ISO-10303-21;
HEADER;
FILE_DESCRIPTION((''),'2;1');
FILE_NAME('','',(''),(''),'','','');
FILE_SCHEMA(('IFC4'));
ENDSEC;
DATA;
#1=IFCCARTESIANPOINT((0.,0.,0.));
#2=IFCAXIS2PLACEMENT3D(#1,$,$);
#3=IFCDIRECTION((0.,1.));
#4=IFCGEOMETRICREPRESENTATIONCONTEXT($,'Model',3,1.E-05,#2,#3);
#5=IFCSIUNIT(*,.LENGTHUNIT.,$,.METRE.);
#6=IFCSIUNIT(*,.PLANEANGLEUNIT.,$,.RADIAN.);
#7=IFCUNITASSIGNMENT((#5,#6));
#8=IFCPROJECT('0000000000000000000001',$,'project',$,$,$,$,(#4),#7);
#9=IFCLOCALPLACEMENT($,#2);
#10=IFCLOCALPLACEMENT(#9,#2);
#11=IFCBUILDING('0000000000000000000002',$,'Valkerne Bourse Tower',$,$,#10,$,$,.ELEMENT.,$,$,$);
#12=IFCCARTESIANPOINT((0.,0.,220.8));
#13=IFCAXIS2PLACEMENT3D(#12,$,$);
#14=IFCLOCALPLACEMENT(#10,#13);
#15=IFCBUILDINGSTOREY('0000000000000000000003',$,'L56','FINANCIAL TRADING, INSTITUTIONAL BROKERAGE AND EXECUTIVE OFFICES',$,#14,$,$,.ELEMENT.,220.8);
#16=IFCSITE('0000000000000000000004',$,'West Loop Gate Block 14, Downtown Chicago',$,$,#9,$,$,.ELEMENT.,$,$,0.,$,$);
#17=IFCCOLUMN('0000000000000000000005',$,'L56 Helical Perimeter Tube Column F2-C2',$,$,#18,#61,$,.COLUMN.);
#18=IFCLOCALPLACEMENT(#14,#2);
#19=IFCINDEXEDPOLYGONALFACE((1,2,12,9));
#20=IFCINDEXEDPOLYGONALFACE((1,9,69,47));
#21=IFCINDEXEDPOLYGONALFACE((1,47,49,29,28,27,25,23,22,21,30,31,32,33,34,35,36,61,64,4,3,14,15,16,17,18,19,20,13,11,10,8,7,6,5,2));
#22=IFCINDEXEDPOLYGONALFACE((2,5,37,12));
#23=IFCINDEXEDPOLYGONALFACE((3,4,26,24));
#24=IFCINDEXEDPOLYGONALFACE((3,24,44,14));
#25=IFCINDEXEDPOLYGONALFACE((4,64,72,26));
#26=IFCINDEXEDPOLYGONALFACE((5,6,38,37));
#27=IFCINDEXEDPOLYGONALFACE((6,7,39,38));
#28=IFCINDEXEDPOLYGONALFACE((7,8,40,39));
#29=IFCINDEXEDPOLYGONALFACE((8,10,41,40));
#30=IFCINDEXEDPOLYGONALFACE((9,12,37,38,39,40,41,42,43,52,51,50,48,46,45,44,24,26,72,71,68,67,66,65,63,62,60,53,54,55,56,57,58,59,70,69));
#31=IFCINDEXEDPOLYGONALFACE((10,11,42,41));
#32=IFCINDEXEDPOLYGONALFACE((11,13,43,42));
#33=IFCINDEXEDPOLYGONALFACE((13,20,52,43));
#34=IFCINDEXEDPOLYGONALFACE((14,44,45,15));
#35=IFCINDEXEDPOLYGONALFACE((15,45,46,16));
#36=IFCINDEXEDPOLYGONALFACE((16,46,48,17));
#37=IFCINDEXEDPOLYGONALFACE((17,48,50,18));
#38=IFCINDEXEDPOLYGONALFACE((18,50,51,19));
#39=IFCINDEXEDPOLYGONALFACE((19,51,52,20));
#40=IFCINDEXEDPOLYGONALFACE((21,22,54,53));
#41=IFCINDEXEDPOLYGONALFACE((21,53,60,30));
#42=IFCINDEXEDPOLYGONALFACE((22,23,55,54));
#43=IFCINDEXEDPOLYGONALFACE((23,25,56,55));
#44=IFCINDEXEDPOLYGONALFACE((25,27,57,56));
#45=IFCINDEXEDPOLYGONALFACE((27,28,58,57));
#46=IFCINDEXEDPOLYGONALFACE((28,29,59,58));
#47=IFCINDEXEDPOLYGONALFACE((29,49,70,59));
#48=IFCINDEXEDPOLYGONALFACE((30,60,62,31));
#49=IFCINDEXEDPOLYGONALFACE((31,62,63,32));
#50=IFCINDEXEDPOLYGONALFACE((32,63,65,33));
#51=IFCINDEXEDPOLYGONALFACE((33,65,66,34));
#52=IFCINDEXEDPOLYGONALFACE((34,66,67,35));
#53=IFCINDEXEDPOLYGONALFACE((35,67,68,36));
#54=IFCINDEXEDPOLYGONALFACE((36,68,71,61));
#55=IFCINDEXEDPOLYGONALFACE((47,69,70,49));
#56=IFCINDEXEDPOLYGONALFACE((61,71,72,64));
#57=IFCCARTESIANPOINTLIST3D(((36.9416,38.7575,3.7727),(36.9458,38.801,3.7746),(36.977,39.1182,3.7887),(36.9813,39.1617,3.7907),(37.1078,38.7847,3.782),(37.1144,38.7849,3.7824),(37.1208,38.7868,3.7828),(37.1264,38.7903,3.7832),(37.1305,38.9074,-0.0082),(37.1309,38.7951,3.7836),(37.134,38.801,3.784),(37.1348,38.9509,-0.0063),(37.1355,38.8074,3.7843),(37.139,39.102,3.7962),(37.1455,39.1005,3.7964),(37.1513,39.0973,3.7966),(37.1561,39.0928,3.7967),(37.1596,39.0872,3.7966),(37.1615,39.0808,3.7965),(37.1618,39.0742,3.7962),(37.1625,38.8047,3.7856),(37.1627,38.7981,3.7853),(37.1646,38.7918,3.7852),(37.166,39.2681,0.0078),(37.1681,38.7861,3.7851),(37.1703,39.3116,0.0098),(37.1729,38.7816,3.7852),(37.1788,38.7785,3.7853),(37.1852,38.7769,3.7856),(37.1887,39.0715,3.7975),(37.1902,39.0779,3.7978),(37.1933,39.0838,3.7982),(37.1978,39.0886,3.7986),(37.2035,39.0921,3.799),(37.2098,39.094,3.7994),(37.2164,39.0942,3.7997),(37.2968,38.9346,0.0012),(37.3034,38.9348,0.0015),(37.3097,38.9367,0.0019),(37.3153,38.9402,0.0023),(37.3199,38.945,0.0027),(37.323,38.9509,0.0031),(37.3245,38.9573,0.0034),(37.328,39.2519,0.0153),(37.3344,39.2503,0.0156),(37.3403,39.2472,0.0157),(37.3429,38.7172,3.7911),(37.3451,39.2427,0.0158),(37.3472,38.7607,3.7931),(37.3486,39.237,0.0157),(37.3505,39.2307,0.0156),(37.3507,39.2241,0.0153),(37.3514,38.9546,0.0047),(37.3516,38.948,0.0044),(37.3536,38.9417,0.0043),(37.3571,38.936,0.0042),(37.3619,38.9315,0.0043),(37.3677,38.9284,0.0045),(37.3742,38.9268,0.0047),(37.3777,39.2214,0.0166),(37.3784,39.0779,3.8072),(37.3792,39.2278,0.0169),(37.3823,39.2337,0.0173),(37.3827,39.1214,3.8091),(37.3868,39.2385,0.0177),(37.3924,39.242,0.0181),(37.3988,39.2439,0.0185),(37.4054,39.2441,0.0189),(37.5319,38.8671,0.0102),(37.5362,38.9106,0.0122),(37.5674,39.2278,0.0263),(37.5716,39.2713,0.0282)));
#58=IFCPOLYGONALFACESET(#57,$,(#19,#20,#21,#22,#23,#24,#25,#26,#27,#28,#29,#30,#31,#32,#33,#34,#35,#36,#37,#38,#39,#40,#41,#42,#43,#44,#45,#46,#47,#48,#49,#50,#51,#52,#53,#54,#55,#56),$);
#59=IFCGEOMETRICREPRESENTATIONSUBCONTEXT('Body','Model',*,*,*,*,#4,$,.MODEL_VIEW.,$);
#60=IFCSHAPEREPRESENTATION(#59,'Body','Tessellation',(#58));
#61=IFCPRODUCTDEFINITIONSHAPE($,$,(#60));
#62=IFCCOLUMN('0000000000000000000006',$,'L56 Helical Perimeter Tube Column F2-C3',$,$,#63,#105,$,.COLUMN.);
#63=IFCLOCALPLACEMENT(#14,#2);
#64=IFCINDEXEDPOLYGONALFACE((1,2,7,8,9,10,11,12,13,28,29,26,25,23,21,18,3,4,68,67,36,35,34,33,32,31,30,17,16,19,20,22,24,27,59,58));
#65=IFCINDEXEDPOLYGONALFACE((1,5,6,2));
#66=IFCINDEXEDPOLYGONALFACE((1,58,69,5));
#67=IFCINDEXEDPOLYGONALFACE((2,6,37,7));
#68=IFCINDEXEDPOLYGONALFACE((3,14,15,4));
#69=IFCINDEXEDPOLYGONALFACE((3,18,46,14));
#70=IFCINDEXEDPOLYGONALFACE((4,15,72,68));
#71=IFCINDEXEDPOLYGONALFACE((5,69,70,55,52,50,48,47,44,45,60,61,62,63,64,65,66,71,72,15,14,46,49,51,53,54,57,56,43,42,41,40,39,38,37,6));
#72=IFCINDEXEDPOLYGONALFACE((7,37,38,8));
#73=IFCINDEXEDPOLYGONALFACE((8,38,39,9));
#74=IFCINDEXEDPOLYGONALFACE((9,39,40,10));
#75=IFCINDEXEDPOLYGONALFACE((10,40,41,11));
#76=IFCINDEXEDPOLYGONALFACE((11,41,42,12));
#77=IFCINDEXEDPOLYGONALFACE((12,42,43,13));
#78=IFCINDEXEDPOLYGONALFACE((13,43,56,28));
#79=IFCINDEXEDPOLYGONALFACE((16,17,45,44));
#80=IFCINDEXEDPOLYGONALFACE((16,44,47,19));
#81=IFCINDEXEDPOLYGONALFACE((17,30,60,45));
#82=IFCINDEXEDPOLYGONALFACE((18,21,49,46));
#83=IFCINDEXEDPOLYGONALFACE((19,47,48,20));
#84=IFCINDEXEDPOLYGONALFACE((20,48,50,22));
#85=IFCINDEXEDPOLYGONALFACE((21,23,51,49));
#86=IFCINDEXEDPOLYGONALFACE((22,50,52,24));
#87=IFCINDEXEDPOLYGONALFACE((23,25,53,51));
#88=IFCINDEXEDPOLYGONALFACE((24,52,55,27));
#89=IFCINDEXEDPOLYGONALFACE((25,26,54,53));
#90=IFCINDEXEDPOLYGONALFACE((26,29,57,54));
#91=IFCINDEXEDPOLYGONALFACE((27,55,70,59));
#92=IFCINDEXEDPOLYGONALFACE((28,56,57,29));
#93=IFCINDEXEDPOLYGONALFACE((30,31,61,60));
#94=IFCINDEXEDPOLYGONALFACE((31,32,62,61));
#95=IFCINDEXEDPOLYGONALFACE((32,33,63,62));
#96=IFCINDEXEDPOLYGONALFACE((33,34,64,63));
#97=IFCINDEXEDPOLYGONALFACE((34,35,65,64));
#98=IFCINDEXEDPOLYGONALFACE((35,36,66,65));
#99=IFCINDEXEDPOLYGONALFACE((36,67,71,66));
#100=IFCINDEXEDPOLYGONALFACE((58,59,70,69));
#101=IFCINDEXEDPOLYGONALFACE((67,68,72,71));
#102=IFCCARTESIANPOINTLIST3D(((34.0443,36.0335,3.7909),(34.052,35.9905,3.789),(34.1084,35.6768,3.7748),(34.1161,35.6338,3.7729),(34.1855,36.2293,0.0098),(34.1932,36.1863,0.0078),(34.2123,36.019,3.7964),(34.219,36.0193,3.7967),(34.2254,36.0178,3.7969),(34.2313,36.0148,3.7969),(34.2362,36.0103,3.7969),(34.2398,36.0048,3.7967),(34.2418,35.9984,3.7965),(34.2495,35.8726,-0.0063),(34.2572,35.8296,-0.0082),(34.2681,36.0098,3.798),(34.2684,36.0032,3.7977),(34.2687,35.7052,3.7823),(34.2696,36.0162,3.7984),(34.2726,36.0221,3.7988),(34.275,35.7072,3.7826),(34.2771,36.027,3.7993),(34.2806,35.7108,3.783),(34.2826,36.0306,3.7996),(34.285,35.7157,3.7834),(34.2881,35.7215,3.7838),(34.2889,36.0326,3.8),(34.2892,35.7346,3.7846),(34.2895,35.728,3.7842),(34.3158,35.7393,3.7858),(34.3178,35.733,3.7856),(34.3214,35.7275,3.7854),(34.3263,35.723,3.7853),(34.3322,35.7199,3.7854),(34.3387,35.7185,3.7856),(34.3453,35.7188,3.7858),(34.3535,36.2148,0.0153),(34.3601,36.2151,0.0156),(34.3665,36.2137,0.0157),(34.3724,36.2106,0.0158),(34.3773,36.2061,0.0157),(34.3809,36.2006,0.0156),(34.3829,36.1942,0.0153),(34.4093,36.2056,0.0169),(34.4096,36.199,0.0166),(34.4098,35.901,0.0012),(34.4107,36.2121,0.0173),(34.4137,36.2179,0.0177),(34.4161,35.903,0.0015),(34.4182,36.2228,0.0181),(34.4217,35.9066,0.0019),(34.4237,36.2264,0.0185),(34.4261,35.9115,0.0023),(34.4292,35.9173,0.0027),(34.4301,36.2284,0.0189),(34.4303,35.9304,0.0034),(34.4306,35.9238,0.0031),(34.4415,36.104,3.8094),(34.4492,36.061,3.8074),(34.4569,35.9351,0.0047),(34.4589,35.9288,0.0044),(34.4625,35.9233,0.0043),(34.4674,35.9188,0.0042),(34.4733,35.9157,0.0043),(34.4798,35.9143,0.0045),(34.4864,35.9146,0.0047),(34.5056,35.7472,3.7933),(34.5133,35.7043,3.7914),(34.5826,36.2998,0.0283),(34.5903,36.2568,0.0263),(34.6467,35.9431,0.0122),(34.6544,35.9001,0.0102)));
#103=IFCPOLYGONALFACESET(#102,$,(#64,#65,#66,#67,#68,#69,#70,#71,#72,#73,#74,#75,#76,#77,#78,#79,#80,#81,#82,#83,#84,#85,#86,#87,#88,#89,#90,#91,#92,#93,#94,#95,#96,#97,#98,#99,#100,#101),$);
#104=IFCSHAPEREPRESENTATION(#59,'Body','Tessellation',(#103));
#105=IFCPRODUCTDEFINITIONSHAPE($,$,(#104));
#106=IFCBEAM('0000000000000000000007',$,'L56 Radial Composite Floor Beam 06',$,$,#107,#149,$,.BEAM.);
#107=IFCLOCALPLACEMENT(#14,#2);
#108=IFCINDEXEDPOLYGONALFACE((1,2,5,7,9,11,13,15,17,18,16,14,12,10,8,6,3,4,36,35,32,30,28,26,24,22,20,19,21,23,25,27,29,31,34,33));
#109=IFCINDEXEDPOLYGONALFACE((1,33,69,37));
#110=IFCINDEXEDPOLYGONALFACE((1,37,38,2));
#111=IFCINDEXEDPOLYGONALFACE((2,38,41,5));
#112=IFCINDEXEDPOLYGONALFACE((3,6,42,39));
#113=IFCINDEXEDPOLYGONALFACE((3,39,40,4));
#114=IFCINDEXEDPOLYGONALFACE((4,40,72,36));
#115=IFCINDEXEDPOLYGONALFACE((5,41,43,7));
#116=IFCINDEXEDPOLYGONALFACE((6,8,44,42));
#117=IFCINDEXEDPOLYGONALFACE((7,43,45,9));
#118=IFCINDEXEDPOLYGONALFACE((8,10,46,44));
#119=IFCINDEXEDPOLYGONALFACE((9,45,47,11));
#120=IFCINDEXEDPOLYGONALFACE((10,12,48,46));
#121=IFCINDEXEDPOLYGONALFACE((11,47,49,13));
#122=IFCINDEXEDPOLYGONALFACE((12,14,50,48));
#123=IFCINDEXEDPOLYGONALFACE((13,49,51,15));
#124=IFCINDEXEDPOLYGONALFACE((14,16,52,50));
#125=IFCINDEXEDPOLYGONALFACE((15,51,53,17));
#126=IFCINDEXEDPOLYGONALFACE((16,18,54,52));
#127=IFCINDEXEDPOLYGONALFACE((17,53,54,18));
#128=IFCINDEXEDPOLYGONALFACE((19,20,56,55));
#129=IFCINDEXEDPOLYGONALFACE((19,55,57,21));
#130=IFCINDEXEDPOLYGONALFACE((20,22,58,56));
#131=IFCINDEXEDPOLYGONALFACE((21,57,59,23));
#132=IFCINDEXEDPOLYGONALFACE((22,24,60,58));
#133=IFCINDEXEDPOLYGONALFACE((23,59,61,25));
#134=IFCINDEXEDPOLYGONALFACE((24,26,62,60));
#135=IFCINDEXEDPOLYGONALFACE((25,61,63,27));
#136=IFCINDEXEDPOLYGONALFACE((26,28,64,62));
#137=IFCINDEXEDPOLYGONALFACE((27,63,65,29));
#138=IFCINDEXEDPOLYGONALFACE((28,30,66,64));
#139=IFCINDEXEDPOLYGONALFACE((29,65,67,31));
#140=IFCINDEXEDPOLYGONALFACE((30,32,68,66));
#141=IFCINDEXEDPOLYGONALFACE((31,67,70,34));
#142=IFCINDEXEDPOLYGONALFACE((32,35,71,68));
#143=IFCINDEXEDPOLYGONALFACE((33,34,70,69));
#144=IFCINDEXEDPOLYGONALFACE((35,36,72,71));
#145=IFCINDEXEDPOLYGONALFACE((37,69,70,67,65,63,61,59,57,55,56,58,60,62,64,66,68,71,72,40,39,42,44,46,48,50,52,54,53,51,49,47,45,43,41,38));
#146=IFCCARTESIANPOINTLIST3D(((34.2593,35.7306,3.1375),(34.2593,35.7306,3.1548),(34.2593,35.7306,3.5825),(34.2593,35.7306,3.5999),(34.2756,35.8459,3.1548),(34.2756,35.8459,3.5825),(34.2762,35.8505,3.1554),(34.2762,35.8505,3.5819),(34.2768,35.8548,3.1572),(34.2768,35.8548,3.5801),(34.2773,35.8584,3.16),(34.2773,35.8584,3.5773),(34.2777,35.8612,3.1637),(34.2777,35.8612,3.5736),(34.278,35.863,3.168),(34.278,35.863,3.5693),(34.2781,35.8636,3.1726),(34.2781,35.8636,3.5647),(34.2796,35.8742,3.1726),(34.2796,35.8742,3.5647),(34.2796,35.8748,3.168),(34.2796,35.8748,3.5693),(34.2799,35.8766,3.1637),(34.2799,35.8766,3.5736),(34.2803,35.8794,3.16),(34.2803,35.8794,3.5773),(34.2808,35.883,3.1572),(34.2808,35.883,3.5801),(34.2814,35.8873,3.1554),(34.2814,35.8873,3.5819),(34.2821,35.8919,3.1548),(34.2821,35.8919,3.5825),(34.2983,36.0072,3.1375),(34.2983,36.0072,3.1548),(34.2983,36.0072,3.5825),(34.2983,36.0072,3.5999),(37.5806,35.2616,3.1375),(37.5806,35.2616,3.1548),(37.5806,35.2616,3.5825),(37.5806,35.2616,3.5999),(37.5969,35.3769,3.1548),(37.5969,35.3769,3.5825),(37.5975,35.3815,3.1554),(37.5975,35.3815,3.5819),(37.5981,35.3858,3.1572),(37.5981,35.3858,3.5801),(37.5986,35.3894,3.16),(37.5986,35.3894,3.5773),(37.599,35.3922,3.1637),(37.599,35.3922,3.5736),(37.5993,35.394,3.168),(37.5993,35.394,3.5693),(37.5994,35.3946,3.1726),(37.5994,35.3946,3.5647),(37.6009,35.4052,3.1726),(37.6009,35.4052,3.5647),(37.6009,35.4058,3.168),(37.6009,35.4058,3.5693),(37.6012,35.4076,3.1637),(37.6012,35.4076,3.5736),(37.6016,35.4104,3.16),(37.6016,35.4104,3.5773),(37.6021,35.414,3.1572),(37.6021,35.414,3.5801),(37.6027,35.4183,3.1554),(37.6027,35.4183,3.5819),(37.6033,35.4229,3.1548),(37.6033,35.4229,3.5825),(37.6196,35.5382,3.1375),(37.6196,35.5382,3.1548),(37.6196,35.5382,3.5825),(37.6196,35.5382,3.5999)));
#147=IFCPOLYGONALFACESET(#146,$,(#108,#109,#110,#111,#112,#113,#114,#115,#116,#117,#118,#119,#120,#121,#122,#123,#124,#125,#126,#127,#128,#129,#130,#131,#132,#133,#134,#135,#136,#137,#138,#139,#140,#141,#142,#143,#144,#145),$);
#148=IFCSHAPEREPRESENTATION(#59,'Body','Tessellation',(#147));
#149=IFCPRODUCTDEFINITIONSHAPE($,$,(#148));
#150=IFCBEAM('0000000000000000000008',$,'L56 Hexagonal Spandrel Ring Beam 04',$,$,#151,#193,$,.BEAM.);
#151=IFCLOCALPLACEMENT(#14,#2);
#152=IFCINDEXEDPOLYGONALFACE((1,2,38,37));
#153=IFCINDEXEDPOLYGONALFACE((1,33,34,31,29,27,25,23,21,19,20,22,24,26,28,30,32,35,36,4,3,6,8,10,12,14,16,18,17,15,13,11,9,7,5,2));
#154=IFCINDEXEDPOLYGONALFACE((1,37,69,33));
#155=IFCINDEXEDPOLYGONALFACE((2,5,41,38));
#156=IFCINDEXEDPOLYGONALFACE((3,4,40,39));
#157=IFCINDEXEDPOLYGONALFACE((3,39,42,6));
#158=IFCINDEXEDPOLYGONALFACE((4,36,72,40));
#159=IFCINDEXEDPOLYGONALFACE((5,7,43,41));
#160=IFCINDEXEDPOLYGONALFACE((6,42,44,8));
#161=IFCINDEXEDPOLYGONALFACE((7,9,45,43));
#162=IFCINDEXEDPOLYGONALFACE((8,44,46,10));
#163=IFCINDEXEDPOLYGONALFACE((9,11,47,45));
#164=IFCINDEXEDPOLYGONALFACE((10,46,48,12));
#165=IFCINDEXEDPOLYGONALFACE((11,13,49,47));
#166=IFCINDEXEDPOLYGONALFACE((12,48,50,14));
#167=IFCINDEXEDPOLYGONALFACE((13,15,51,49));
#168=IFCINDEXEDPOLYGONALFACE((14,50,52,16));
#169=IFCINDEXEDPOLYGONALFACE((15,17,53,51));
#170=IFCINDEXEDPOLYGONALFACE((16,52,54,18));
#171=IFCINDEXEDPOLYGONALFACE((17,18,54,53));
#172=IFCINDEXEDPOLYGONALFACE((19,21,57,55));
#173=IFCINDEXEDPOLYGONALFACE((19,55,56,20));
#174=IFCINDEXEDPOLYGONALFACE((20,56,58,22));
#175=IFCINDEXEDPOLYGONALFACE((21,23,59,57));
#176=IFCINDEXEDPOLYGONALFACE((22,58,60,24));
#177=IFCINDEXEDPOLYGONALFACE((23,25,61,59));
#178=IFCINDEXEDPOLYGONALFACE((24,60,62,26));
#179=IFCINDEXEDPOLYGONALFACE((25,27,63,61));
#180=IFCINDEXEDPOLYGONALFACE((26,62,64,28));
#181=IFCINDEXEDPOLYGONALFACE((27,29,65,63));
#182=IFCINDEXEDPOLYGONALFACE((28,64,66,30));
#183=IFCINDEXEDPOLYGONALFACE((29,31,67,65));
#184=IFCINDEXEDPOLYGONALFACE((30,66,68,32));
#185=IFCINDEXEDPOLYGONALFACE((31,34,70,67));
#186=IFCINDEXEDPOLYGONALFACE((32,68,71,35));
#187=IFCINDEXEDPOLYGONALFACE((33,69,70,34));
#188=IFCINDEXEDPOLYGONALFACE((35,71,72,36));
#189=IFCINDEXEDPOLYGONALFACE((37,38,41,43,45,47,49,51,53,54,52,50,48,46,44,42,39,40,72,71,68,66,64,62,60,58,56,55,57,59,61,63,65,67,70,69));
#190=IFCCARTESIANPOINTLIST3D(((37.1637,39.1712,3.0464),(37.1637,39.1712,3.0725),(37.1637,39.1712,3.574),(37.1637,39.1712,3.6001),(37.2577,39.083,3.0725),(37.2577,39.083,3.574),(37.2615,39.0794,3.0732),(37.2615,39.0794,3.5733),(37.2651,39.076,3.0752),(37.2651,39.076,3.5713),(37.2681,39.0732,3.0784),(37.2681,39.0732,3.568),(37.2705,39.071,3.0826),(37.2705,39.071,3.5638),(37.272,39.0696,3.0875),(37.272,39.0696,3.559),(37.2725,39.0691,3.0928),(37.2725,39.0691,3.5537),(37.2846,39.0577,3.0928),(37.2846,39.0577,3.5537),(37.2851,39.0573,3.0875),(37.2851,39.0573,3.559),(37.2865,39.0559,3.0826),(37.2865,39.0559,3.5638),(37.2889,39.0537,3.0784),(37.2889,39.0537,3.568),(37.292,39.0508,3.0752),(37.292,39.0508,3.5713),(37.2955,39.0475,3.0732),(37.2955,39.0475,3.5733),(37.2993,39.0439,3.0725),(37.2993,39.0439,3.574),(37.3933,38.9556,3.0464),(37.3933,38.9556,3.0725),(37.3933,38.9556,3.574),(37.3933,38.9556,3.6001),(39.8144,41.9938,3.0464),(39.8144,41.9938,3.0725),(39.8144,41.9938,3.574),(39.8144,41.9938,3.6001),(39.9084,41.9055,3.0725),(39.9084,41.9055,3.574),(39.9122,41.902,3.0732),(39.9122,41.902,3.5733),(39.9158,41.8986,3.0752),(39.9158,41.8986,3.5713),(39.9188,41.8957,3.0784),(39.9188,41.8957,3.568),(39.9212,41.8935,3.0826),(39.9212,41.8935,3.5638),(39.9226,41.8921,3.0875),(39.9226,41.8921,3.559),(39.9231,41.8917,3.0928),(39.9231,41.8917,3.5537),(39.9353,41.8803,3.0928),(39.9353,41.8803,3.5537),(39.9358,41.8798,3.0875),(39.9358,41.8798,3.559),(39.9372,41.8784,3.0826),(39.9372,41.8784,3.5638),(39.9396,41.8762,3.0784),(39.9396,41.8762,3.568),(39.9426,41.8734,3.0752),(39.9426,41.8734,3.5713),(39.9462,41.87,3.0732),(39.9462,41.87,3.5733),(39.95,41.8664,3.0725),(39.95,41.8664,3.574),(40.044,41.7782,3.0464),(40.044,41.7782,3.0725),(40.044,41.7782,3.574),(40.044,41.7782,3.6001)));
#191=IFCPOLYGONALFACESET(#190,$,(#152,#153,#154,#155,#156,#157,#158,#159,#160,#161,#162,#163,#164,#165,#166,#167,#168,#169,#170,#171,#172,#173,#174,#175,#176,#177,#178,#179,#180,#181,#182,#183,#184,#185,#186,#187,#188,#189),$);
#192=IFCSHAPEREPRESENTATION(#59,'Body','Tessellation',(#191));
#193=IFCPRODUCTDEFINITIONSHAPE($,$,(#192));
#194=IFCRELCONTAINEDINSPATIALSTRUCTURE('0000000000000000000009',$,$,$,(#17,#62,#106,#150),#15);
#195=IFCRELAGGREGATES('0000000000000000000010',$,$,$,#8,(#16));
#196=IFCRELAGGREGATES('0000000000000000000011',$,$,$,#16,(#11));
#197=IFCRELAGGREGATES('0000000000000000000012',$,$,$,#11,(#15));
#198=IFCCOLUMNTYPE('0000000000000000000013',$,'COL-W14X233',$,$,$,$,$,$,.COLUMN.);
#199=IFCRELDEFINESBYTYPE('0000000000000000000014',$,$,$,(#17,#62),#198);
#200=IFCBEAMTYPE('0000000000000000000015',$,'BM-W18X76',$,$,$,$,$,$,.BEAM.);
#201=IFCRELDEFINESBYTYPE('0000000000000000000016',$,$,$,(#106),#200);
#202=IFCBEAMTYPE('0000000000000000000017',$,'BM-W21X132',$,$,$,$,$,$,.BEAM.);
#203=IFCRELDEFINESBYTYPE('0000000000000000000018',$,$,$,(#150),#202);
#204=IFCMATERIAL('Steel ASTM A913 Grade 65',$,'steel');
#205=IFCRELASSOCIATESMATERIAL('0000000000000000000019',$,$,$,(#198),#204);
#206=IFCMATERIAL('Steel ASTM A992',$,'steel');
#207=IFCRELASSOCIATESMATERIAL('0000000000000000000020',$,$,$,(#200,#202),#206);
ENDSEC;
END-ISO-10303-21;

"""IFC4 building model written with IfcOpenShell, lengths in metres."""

from ifc_helpers import new_model, si_unit, direction, frame, origin, origin_2d, place, context, subcontext, project, spatial, i_section, extrude, material, material_profile, profile_set, type_object, element, save


model = new_model("IFC4")

# Units and contexts
model_context = context("Model", 3, precision=1e-05, world=origin(), true_north=direction((0.0, 1.0)))
body_context = subcontext(model_context, "Body", "Model", "MODEL_VIEW")
ifc_project = project(units=[si_unit("LENGTHUNIT", "METRE"), si_unit("PLANEANGLEUNIT", "RADIAN")], contexts=[model_context])

# Site, building, storey
site_placement = place(None, origin())
site = spatial("IfcSite", under=ifc_project, at=site_placement, Name="West Loop Gate Block 14, Downtown Chicago", CompositionType="ELEMENT", RefElevation=0.0)
building_placement = place(site_placement, origin())
building = spatial("IfcBuilding", under=site, at=building_placement, Name="Valkerne Bourse Tower", CompositionType="ELEMENT")
storey_placement = place(building_placement, frame((0.0, 0.0, 220.8)))
storey = spatial("IfcBuildingStorey", under=building, at=storey_placement, Name="L56", Description="FINANCIAL TRADING, INSTITUTIONAL BROKERAGE AND EXECUTIVE OFFICES", CompositionType="ELEMENT", Elevation=220.8)

# Columns
ifc_material_1 = material(Name="Steel ASTM A913 Grade 65", Category="steel")
ifc_material_profile_1 = material_profile(ifc_material_1, i_section(OverallWidth=0.4038, OverallDepth=0.4065, WebThickness=0.0271, FlangeThickness=0.0437, FilletRadius=0.0254, at=origin_2d()), Name="W14X233")
ifc_profile_set_1 = profile_set([ifc_material_profile_1], Name="Steel ASTM A913 Grade 65")
column_type = type_object("IfcColumnType", Name="COL-W14X233", PredefinedType="COLUMN", material=ifc_profile_set_1)
column_1_placement = place(storey_placement, frame((37.3511, 39.0894, 0.01), z_axis=(-0.049876, -0.039566, 0.997971), x_axis=(-0.993956, 0.099803, -0.045719)))
element("IfcColumn", 1, at=column_1_placement, inside=storey, type_object=column_type, Name="L56 Helical Perimeter Tube Column F2-C2", PredefinedType="COLUMN", context=body_context, shape_type="SweptSolid", body=[
    extrude(i_section(OverallWidth=0.4038, OverallDepth=0.4065, WebThickness=0.0271, FlangeThickness=0.0437, FilletRadius=0.0254, at=origin_2d()), origin(), (0.0, 0.0, 1.0), 3.7886),
])
column_2_placement = place(storey_placement, frame((34.4199, 36.0647, 0.01), z_axis=(-0.037246, -0.05168, 0.997969), x_axis=(-0.98359, -0.174523, -0.045747)))
element("IfcColumn", 2, at=column_2_placement, inside=storey, type_object=column_type, Name="L56 Helical Perimeter Tube Column F2-C3", PredefinedType="COLUMN", context=body_context, shape_type="SweptSolid", body=[
    extrude(i_section(OverallWidth=0.4038, OverallDepth=0.4065, WebThickness=0.0271, FlangeThickness=0.0437, FilletRadius=0.0254, at=origin_2d()), origin(), (0.0, 0.0, 1.0), 3.7888),
])

# Beams
ifc_material_2 = material(Name="Steel ASTM A992", Category="steel")
ifc_material_profile_2 = material_profile(ifc_material_2, i_section(OverallWidth=0.2793, OverallDepth=0.4624, WebThickness=0.0107, FlangeThickness=0.0173, FilletRadius=0.0178, at=origin_2d()), Name="W18X76")
ifc_profile_set_2 = profile_set([ifc_material_profile_2], Name="Steel ASTM A992")
beam_type_1 = type_object("IfcBeamType", Name="BM-W18X76", PredefinedType="BEAM", material=ifc_profile_set_2)
beam_1_placement = place(storey_placement, frame((34.2788, 35.8689, 3.3687), z_axis=(0.990177, -0.139821, 0.0), x_axis=(0.139821, 0.990177, 0.0)))
element("IfcBeam", 3, at=beam_1_placement, inside=storey, type_object=beam_type_1, Name="L56 Radial Composite Floor Beam 06", PredefinedType="BEAM", context=body_context, shape_type="SweptSolid", body=[
    extrude(i_section(OverallWidth=0.2793, OverallDepth=0.4624, WebThickness=0.0107, FlangeThickness=0.0173, FilletRadius=0.0178, at=origin_2d()), origin(), (0.0, 0.0, 1.0), 3.3542),
])
ifc_material_profile_3 = material_profile(ifc_material_2, i_section(OverallWidth=0.3149, OverallDepth=0.5537, WebThickness=0.0166, FlangeThickness=0.0261, FilletRadius=0.0203, at=origin_2d()), Name="W21X132")
ifc_profile_set_3 = profile_set([ifc_material_profile_3], Name="Steel ASTM A992")
beam_type_2 = type_object("IfcBeamType", Name="BM-W21X132", PredefinedType="BEAM", material=ifc_profile_set_3)
for number, where, z_axis, x_axis, name in (
    (4, (39.9292, 41.886, 3.3232), (-0.684564, -0.728953, 0.0), (0.728953, -0.684564, 0.0), "L56 Hexagonal Spandrel Ring Beam 04"),
):
    element("IfcBeam", number, at=place(storey_placement, frame(where, z_axis=z_axis, x_axis=x_axis)), inside=storey, type_object=beam_type_2, Name=name, PredefinedType="BEAM", context=body_context, shape_type="SweptSolid", body=[
        extrude(i_section(OverallWidth=0.3149, OverallDepth=0.5537, WebThickness=0.0166, FlangeThickness=0.0261, FilletRadius=0.0203, at=origin_2d()), origin(), (0.0, 0.0, 1.0), 3.8721),
    ])

save(model, "model.ifc")
